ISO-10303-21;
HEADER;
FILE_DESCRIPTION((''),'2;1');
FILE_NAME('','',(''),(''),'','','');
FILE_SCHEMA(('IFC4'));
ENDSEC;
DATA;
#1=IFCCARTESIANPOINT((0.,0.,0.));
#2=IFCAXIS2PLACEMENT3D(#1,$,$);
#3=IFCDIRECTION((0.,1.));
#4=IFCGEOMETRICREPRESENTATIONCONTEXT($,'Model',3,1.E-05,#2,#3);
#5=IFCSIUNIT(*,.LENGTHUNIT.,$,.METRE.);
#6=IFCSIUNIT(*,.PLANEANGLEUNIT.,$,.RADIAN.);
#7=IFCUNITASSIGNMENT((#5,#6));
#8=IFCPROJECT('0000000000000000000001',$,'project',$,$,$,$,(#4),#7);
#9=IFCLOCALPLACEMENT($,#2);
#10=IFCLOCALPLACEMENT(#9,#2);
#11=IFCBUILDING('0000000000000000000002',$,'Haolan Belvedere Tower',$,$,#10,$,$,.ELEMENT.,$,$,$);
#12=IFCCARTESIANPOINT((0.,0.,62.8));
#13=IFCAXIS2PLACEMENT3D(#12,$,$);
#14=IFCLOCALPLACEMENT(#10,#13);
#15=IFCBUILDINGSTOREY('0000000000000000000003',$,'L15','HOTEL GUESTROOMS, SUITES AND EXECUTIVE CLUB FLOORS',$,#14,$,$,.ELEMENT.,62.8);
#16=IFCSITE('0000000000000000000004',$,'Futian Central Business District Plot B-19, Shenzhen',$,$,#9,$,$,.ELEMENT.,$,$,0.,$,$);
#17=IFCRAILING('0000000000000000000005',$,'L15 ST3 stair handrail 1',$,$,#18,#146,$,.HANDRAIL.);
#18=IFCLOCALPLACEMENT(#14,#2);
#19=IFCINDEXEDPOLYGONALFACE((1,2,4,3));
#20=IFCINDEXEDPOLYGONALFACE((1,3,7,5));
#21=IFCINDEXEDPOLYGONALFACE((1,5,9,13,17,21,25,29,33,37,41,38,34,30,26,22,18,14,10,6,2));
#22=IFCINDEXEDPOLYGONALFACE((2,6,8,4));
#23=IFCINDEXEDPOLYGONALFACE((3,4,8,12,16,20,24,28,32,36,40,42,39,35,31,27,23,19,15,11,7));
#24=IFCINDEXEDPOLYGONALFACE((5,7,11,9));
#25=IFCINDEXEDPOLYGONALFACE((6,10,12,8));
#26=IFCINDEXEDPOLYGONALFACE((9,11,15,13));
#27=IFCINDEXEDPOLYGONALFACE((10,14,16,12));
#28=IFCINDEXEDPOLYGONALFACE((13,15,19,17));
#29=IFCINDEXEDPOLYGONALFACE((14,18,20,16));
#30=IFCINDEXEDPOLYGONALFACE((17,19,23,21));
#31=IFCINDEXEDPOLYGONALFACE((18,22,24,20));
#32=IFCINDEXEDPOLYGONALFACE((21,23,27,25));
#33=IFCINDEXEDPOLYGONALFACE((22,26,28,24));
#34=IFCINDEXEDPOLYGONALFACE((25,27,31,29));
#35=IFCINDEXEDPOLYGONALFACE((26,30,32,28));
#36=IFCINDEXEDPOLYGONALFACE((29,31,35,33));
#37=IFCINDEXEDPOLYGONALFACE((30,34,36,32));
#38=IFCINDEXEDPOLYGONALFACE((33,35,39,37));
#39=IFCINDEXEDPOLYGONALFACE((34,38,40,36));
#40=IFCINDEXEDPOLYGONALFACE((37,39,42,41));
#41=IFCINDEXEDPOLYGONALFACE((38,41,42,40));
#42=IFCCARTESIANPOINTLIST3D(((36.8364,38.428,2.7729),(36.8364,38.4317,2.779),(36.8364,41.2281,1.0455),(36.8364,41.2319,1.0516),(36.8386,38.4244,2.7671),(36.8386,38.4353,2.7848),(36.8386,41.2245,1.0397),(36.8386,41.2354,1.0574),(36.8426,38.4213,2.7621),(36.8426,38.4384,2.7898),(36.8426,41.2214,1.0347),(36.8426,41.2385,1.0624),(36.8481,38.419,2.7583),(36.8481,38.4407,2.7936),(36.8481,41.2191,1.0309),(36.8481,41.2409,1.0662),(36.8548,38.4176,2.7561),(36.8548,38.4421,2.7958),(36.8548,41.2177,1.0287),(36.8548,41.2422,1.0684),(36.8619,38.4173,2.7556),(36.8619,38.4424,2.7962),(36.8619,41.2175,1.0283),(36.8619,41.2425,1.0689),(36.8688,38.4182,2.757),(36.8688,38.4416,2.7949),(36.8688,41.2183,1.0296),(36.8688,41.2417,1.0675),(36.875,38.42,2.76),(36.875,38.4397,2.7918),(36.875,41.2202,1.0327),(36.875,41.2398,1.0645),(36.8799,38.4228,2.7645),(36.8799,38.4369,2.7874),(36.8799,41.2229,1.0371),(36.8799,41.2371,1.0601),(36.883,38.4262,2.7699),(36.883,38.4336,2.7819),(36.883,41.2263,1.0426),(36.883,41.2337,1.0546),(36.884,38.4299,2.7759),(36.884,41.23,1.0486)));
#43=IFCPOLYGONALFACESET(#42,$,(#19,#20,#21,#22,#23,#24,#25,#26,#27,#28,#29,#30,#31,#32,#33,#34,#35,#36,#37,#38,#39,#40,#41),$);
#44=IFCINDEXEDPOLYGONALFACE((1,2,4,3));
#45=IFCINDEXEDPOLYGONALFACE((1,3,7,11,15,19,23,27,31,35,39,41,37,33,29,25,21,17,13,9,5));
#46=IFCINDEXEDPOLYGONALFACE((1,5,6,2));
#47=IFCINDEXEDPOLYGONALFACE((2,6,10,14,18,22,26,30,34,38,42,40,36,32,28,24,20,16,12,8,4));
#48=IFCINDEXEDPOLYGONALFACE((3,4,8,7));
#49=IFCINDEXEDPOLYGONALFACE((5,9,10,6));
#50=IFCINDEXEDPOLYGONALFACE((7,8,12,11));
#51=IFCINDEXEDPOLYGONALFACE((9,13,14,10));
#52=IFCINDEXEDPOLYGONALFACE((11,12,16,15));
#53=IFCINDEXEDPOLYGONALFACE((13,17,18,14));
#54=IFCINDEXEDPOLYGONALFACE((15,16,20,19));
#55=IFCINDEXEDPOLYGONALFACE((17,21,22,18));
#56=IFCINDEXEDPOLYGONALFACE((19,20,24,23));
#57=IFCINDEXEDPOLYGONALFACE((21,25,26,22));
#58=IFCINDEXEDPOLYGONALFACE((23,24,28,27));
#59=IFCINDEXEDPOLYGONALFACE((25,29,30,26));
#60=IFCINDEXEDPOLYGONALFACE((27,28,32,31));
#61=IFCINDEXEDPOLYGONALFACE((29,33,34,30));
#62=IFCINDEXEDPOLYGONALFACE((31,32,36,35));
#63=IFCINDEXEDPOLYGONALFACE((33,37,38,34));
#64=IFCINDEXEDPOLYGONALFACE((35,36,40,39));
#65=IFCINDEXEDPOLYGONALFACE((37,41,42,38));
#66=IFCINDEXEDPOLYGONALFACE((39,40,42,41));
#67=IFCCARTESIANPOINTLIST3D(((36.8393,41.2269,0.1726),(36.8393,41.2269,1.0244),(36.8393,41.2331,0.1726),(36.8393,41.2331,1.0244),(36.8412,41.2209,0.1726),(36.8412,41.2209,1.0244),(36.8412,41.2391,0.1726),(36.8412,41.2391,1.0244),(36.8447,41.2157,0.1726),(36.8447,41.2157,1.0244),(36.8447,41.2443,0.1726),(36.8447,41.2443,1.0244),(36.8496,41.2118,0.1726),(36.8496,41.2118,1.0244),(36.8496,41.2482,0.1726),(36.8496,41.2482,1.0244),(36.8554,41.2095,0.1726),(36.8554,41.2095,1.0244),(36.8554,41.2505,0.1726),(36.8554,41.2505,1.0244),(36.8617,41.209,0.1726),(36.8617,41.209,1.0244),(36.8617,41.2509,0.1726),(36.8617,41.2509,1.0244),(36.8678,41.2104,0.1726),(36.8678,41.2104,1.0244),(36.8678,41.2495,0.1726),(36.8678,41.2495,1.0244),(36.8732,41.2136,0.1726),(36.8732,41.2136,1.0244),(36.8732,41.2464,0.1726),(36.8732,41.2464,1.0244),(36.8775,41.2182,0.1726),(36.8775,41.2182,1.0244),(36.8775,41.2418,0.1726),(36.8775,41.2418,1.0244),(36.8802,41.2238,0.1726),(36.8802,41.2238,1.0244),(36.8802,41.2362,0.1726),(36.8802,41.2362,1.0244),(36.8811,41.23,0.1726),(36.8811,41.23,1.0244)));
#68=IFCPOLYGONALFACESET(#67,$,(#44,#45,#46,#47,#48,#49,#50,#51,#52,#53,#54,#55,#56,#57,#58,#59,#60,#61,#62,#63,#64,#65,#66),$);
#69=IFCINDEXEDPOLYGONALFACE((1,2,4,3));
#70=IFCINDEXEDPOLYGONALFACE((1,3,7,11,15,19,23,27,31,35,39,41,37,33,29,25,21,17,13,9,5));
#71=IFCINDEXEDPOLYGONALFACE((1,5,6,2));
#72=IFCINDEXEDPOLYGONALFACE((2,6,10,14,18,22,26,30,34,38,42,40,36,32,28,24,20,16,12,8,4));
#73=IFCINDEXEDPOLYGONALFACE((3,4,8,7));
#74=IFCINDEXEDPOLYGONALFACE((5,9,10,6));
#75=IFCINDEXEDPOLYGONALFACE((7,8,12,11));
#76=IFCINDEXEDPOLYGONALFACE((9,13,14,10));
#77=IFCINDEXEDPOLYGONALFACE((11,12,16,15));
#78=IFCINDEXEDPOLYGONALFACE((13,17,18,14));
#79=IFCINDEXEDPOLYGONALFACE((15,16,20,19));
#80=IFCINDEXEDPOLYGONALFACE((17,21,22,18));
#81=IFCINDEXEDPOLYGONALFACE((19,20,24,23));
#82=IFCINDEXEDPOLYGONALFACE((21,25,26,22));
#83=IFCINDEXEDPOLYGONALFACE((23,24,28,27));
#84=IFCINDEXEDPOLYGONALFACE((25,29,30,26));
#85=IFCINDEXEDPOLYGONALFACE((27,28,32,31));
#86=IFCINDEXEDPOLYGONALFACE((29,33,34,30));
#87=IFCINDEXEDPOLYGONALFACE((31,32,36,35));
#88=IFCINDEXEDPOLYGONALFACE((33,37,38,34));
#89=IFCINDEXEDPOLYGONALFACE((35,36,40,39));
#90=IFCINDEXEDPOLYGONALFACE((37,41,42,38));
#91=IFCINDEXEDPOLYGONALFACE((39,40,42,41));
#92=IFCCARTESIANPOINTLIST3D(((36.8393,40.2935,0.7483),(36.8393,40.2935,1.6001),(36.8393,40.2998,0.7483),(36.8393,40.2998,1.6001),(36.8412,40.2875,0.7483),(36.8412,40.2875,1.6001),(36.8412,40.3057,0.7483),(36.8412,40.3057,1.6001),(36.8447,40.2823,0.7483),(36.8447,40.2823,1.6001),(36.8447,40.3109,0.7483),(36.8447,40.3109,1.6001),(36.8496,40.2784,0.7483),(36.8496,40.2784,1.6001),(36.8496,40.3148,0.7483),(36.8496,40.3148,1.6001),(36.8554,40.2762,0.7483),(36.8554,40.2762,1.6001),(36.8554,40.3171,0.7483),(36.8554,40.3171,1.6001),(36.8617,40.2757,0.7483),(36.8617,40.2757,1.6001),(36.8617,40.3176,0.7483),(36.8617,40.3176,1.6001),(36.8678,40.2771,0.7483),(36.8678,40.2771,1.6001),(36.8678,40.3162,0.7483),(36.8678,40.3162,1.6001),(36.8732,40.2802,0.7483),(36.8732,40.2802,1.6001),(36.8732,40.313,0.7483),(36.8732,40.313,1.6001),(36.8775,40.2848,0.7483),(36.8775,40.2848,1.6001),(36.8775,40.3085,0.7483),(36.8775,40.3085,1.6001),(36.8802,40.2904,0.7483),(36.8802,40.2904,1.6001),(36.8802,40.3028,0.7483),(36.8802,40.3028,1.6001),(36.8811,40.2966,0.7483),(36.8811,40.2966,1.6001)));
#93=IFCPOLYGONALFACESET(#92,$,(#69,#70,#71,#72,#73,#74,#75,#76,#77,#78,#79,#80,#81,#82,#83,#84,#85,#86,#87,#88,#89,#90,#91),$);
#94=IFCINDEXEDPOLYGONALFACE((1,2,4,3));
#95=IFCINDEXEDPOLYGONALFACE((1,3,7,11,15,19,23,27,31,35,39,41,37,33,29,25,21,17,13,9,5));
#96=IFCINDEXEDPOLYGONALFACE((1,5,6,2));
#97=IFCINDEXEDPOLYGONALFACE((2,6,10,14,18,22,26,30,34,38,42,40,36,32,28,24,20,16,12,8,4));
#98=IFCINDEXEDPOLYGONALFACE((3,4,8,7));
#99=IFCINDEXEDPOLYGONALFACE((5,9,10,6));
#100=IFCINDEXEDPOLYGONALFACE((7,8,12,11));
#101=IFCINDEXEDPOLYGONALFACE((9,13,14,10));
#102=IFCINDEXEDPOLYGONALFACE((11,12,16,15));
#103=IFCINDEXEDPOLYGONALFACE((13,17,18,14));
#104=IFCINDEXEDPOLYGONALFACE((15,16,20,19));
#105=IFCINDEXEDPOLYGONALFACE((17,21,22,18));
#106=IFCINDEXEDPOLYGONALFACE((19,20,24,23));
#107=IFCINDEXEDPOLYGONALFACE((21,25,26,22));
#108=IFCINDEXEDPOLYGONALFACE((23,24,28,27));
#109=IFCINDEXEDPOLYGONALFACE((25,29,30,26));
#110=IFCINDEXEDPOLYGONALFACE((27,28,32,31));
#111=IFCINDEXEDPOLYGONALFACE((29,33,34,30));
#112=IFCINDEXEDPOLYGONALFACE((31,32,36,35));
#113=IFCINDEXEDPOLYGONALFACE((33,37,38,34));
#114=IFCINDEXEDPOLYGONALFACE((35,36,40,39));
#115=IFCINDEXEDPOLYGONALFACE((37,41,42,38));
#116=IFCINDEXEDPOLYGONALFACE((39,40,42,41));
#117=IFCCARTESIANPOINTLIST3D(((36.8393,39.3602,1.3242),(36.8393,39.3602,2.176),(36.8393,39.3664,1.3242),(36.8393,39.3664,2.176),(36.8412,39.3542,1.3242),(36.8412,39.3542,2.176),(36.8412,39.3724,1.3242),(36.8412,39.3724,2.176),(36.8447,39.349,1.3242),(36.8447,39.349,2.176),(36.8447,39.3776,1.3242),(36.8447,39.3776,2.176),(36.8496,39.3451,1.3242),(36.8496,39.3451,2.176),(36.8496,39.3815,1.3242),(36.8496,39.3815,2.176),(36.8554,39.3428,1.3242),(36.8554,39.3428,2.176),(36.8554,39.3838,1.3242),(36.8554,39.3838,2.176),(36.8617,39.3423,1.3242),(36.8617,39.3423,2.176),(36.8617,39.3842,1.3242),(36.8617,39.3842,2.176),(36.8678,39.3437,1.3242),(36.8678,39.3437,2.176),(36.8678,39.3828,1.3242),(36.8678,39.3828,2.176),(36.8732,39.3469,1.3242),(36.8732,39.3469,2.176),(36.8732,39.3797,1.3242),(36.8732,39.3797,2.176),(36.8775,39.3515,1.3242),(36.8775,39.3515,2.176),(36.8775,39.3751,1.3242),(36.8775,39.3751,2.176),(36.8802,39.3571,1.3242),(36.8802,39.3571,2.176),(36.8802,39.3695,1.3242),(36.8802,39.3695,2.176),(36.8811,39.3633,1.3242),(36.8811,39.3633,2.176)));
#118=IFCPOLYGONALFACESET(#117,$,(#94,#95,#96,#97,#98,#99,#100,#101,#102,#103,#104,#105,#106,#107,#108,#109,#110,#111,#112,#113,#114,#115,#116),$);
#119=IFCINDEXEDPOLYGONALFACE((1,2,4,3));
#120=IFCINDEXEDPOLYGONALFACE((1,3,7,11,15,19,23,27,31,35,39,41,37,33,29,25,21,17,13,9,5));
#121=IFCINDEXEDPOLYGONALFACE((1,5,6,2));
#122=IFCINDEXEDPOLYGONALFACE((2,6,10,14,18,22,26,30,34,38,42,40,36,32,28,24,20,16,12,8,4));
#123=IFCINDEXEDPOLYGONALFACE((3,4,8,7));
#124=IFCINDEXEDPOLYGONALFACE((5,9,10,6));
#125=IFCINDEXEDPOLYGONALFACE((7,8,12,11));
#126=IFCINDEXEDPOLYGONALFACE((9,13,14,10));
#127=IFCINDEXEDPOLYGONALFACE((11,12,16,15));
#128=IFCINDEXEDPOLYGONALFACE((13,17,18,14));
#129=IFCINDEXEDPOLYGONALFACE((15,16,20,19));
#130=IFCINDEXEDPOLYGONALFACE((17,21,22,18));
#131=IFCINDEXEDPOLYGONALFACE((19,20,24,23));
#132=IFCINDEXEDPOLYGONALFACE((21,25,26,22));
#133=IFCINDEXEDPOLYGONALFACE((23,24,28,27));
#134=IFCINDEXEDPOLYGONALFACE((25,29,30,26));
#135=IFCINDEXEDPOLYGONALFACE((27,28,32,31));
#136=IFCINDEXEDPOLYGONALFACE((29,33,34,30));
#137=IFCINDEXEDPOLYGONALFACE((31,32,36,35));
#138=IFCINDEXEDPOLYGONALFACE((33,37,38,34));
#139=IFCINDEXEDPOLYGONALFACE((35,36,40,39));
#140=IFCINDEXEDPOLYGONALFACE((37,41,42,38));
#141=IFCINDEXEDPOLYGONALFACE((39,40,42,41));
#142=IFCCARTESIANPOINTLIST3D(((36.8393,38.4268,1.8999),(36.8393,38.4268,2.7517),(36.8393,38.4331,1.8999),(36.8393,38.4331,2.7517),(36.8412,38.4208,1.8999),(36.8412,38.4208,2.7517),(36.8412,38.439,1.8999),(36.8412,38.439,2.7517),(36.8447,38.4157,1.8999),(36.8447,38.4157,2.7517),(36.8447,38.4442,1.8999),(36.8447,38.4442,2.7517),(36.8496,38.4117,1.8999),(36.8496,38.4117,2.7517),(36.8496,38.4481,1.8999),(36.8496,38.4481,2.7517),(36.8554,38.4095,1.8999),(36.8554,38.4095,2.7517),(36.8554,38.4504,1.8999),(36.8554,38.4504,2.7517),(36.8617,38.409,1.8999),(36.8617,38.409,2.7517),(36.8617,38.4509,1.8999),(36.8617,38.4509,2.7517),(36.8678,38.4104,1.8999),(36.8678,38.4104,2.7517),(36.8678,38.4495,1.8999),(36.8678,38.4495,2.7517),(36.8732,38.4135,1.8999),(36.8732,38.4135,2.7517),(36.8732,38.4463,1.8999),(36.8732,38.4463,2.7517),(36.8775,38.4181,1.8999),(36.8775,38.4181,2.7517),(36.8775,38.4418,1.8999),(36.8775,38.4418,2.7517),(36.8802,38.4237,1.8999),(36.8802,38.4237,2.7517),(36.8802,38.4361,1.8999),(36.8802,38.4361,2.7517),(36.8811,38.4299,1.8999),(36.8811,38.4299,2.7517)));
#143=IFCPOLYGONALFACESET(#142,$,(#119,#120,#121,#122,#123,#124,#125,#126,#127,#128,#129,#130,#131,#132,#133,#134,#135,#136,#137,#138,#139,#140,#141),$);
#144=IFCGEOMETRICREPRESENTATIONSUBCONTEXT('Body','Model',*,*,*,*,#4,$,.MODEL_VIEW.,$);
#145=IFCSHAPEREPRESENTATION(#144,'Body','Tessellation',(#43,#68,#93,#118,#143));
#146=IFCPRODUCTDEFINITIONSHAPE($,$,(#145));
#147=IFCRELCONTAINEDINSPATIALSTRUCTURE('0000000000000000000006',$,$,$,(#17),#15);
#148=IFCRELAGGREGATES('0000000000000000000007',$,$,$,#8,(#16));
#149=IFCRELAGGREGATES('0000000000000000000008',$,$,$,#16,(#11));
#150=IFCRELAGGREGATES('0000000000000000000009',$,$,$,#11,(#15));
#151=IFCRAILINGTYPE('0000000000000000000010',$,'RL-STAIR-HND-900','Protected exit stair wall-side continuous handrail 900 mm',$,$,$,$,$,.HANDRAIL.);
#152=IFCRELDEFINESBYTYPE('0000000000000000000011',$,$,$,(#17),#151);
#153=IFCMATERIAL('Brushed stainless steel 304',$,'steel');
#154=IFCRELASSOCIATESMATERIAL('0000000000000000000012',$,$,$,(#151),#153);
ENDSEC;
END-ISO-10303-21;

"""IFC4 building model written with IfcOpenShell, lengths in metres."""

from ifc_helpers import new_model, si_unit, direction, frame, origin, origin_2d, place, context, subcontext, project, spatial, circle, extrude, material, type_object, element, save


model = new_model("IFC4")

# Units and contexts
model_context = context("Model", 3, precision=1e-05, world=origin(), true_north=direction((0.0, 1.0)))
body_context = subcontext(model_context, "Body", "Model", "MODEL_VIEW")
ifc_project = project(units=[si_unit("LENGTHUNIT", "METRE"), si_unit("PLANEANGLEUNIT", "RADIAN")], contexts=[model_context])

# Site, building, storey
site_placement = place(None, origin())
site = spatial("IfcSite", under=ifc_project, at=site_placement, Name="Futian Central Business District Plot B-19, Shenzhen", CompositionType="ELEMENT", RefElevation=0.0)
building_placement = place(site_placement, origin())
building = spatial("IfcBuilding", under=site, at=building_placement, Name="Haolan Belvedere Tower", CompositionType="ELEMENT")
storey_placement = place(building_placement, frame((0.0, 0.0, 62.8)))
storey = spatial("IfcBuildingStorey", under=building, at=storey_placement, Name="L15", Description="HOTEL GUESTROOMS, SUITES AND EXECUTIVE CLUB FLOORS", CompositionType="ELEMENT", Elevation=62.8)

# Railing
ifc_material_1 = material(Name="Brushed stainless steel 304", Category="steel")
railing_type_1 = type_object("IfcRailingType", Name="RL-STAIR-HND-900", Description="Protected exit stair wall-side continuous handrail 900 mm", PredefinedType="HANDRAIL", material=ifc_material_1)
railing_1_placement = place(storey_placement, frame((36.8601, 41.23, 0.1726)))
element("IfcRailing", 1, at=railing_1_placement, inside=storey, type_object=railing_type_1, Name="L15 ST3 stair handrail 1", PredefinedType="HANDRAIL", context=body_context, shape_type="SweptSolid", body=[
    extrude(circle(Radius=0.0239, at=origin_2d()), frame((0.0, 0.0, 0.876), z_axis=(0.0, -0.85109, 0.52502), x_axis=(1.0, 0.0, 0.0)), (0.0, 0.0, 1.0), 3.29),
    extrude(circle(Radius=0.021, at=origin_2d()), origin(), (0.0, 0.0, 1.0), 0.8518),
    extrude(circle(Radius=0.021, at=origin_2d()), frame((0.0, -0.9333, 0.5757)), (0.0, 0.0, 1.0), 0.8518),
    extrude(circle(Radius=0.021, at=origin_2d()), frame((0.0, -1.8667, 1.1516)), (0.0, 0.0, 1.0), 0.8518),
    extrude(circle(Radius=0.021, at=origin_2d()), frame((0.0, -2.8, 1.7273)), (0.0, 0.0, 1.0), 0.8518),
])

save(model, "model.ifc")
